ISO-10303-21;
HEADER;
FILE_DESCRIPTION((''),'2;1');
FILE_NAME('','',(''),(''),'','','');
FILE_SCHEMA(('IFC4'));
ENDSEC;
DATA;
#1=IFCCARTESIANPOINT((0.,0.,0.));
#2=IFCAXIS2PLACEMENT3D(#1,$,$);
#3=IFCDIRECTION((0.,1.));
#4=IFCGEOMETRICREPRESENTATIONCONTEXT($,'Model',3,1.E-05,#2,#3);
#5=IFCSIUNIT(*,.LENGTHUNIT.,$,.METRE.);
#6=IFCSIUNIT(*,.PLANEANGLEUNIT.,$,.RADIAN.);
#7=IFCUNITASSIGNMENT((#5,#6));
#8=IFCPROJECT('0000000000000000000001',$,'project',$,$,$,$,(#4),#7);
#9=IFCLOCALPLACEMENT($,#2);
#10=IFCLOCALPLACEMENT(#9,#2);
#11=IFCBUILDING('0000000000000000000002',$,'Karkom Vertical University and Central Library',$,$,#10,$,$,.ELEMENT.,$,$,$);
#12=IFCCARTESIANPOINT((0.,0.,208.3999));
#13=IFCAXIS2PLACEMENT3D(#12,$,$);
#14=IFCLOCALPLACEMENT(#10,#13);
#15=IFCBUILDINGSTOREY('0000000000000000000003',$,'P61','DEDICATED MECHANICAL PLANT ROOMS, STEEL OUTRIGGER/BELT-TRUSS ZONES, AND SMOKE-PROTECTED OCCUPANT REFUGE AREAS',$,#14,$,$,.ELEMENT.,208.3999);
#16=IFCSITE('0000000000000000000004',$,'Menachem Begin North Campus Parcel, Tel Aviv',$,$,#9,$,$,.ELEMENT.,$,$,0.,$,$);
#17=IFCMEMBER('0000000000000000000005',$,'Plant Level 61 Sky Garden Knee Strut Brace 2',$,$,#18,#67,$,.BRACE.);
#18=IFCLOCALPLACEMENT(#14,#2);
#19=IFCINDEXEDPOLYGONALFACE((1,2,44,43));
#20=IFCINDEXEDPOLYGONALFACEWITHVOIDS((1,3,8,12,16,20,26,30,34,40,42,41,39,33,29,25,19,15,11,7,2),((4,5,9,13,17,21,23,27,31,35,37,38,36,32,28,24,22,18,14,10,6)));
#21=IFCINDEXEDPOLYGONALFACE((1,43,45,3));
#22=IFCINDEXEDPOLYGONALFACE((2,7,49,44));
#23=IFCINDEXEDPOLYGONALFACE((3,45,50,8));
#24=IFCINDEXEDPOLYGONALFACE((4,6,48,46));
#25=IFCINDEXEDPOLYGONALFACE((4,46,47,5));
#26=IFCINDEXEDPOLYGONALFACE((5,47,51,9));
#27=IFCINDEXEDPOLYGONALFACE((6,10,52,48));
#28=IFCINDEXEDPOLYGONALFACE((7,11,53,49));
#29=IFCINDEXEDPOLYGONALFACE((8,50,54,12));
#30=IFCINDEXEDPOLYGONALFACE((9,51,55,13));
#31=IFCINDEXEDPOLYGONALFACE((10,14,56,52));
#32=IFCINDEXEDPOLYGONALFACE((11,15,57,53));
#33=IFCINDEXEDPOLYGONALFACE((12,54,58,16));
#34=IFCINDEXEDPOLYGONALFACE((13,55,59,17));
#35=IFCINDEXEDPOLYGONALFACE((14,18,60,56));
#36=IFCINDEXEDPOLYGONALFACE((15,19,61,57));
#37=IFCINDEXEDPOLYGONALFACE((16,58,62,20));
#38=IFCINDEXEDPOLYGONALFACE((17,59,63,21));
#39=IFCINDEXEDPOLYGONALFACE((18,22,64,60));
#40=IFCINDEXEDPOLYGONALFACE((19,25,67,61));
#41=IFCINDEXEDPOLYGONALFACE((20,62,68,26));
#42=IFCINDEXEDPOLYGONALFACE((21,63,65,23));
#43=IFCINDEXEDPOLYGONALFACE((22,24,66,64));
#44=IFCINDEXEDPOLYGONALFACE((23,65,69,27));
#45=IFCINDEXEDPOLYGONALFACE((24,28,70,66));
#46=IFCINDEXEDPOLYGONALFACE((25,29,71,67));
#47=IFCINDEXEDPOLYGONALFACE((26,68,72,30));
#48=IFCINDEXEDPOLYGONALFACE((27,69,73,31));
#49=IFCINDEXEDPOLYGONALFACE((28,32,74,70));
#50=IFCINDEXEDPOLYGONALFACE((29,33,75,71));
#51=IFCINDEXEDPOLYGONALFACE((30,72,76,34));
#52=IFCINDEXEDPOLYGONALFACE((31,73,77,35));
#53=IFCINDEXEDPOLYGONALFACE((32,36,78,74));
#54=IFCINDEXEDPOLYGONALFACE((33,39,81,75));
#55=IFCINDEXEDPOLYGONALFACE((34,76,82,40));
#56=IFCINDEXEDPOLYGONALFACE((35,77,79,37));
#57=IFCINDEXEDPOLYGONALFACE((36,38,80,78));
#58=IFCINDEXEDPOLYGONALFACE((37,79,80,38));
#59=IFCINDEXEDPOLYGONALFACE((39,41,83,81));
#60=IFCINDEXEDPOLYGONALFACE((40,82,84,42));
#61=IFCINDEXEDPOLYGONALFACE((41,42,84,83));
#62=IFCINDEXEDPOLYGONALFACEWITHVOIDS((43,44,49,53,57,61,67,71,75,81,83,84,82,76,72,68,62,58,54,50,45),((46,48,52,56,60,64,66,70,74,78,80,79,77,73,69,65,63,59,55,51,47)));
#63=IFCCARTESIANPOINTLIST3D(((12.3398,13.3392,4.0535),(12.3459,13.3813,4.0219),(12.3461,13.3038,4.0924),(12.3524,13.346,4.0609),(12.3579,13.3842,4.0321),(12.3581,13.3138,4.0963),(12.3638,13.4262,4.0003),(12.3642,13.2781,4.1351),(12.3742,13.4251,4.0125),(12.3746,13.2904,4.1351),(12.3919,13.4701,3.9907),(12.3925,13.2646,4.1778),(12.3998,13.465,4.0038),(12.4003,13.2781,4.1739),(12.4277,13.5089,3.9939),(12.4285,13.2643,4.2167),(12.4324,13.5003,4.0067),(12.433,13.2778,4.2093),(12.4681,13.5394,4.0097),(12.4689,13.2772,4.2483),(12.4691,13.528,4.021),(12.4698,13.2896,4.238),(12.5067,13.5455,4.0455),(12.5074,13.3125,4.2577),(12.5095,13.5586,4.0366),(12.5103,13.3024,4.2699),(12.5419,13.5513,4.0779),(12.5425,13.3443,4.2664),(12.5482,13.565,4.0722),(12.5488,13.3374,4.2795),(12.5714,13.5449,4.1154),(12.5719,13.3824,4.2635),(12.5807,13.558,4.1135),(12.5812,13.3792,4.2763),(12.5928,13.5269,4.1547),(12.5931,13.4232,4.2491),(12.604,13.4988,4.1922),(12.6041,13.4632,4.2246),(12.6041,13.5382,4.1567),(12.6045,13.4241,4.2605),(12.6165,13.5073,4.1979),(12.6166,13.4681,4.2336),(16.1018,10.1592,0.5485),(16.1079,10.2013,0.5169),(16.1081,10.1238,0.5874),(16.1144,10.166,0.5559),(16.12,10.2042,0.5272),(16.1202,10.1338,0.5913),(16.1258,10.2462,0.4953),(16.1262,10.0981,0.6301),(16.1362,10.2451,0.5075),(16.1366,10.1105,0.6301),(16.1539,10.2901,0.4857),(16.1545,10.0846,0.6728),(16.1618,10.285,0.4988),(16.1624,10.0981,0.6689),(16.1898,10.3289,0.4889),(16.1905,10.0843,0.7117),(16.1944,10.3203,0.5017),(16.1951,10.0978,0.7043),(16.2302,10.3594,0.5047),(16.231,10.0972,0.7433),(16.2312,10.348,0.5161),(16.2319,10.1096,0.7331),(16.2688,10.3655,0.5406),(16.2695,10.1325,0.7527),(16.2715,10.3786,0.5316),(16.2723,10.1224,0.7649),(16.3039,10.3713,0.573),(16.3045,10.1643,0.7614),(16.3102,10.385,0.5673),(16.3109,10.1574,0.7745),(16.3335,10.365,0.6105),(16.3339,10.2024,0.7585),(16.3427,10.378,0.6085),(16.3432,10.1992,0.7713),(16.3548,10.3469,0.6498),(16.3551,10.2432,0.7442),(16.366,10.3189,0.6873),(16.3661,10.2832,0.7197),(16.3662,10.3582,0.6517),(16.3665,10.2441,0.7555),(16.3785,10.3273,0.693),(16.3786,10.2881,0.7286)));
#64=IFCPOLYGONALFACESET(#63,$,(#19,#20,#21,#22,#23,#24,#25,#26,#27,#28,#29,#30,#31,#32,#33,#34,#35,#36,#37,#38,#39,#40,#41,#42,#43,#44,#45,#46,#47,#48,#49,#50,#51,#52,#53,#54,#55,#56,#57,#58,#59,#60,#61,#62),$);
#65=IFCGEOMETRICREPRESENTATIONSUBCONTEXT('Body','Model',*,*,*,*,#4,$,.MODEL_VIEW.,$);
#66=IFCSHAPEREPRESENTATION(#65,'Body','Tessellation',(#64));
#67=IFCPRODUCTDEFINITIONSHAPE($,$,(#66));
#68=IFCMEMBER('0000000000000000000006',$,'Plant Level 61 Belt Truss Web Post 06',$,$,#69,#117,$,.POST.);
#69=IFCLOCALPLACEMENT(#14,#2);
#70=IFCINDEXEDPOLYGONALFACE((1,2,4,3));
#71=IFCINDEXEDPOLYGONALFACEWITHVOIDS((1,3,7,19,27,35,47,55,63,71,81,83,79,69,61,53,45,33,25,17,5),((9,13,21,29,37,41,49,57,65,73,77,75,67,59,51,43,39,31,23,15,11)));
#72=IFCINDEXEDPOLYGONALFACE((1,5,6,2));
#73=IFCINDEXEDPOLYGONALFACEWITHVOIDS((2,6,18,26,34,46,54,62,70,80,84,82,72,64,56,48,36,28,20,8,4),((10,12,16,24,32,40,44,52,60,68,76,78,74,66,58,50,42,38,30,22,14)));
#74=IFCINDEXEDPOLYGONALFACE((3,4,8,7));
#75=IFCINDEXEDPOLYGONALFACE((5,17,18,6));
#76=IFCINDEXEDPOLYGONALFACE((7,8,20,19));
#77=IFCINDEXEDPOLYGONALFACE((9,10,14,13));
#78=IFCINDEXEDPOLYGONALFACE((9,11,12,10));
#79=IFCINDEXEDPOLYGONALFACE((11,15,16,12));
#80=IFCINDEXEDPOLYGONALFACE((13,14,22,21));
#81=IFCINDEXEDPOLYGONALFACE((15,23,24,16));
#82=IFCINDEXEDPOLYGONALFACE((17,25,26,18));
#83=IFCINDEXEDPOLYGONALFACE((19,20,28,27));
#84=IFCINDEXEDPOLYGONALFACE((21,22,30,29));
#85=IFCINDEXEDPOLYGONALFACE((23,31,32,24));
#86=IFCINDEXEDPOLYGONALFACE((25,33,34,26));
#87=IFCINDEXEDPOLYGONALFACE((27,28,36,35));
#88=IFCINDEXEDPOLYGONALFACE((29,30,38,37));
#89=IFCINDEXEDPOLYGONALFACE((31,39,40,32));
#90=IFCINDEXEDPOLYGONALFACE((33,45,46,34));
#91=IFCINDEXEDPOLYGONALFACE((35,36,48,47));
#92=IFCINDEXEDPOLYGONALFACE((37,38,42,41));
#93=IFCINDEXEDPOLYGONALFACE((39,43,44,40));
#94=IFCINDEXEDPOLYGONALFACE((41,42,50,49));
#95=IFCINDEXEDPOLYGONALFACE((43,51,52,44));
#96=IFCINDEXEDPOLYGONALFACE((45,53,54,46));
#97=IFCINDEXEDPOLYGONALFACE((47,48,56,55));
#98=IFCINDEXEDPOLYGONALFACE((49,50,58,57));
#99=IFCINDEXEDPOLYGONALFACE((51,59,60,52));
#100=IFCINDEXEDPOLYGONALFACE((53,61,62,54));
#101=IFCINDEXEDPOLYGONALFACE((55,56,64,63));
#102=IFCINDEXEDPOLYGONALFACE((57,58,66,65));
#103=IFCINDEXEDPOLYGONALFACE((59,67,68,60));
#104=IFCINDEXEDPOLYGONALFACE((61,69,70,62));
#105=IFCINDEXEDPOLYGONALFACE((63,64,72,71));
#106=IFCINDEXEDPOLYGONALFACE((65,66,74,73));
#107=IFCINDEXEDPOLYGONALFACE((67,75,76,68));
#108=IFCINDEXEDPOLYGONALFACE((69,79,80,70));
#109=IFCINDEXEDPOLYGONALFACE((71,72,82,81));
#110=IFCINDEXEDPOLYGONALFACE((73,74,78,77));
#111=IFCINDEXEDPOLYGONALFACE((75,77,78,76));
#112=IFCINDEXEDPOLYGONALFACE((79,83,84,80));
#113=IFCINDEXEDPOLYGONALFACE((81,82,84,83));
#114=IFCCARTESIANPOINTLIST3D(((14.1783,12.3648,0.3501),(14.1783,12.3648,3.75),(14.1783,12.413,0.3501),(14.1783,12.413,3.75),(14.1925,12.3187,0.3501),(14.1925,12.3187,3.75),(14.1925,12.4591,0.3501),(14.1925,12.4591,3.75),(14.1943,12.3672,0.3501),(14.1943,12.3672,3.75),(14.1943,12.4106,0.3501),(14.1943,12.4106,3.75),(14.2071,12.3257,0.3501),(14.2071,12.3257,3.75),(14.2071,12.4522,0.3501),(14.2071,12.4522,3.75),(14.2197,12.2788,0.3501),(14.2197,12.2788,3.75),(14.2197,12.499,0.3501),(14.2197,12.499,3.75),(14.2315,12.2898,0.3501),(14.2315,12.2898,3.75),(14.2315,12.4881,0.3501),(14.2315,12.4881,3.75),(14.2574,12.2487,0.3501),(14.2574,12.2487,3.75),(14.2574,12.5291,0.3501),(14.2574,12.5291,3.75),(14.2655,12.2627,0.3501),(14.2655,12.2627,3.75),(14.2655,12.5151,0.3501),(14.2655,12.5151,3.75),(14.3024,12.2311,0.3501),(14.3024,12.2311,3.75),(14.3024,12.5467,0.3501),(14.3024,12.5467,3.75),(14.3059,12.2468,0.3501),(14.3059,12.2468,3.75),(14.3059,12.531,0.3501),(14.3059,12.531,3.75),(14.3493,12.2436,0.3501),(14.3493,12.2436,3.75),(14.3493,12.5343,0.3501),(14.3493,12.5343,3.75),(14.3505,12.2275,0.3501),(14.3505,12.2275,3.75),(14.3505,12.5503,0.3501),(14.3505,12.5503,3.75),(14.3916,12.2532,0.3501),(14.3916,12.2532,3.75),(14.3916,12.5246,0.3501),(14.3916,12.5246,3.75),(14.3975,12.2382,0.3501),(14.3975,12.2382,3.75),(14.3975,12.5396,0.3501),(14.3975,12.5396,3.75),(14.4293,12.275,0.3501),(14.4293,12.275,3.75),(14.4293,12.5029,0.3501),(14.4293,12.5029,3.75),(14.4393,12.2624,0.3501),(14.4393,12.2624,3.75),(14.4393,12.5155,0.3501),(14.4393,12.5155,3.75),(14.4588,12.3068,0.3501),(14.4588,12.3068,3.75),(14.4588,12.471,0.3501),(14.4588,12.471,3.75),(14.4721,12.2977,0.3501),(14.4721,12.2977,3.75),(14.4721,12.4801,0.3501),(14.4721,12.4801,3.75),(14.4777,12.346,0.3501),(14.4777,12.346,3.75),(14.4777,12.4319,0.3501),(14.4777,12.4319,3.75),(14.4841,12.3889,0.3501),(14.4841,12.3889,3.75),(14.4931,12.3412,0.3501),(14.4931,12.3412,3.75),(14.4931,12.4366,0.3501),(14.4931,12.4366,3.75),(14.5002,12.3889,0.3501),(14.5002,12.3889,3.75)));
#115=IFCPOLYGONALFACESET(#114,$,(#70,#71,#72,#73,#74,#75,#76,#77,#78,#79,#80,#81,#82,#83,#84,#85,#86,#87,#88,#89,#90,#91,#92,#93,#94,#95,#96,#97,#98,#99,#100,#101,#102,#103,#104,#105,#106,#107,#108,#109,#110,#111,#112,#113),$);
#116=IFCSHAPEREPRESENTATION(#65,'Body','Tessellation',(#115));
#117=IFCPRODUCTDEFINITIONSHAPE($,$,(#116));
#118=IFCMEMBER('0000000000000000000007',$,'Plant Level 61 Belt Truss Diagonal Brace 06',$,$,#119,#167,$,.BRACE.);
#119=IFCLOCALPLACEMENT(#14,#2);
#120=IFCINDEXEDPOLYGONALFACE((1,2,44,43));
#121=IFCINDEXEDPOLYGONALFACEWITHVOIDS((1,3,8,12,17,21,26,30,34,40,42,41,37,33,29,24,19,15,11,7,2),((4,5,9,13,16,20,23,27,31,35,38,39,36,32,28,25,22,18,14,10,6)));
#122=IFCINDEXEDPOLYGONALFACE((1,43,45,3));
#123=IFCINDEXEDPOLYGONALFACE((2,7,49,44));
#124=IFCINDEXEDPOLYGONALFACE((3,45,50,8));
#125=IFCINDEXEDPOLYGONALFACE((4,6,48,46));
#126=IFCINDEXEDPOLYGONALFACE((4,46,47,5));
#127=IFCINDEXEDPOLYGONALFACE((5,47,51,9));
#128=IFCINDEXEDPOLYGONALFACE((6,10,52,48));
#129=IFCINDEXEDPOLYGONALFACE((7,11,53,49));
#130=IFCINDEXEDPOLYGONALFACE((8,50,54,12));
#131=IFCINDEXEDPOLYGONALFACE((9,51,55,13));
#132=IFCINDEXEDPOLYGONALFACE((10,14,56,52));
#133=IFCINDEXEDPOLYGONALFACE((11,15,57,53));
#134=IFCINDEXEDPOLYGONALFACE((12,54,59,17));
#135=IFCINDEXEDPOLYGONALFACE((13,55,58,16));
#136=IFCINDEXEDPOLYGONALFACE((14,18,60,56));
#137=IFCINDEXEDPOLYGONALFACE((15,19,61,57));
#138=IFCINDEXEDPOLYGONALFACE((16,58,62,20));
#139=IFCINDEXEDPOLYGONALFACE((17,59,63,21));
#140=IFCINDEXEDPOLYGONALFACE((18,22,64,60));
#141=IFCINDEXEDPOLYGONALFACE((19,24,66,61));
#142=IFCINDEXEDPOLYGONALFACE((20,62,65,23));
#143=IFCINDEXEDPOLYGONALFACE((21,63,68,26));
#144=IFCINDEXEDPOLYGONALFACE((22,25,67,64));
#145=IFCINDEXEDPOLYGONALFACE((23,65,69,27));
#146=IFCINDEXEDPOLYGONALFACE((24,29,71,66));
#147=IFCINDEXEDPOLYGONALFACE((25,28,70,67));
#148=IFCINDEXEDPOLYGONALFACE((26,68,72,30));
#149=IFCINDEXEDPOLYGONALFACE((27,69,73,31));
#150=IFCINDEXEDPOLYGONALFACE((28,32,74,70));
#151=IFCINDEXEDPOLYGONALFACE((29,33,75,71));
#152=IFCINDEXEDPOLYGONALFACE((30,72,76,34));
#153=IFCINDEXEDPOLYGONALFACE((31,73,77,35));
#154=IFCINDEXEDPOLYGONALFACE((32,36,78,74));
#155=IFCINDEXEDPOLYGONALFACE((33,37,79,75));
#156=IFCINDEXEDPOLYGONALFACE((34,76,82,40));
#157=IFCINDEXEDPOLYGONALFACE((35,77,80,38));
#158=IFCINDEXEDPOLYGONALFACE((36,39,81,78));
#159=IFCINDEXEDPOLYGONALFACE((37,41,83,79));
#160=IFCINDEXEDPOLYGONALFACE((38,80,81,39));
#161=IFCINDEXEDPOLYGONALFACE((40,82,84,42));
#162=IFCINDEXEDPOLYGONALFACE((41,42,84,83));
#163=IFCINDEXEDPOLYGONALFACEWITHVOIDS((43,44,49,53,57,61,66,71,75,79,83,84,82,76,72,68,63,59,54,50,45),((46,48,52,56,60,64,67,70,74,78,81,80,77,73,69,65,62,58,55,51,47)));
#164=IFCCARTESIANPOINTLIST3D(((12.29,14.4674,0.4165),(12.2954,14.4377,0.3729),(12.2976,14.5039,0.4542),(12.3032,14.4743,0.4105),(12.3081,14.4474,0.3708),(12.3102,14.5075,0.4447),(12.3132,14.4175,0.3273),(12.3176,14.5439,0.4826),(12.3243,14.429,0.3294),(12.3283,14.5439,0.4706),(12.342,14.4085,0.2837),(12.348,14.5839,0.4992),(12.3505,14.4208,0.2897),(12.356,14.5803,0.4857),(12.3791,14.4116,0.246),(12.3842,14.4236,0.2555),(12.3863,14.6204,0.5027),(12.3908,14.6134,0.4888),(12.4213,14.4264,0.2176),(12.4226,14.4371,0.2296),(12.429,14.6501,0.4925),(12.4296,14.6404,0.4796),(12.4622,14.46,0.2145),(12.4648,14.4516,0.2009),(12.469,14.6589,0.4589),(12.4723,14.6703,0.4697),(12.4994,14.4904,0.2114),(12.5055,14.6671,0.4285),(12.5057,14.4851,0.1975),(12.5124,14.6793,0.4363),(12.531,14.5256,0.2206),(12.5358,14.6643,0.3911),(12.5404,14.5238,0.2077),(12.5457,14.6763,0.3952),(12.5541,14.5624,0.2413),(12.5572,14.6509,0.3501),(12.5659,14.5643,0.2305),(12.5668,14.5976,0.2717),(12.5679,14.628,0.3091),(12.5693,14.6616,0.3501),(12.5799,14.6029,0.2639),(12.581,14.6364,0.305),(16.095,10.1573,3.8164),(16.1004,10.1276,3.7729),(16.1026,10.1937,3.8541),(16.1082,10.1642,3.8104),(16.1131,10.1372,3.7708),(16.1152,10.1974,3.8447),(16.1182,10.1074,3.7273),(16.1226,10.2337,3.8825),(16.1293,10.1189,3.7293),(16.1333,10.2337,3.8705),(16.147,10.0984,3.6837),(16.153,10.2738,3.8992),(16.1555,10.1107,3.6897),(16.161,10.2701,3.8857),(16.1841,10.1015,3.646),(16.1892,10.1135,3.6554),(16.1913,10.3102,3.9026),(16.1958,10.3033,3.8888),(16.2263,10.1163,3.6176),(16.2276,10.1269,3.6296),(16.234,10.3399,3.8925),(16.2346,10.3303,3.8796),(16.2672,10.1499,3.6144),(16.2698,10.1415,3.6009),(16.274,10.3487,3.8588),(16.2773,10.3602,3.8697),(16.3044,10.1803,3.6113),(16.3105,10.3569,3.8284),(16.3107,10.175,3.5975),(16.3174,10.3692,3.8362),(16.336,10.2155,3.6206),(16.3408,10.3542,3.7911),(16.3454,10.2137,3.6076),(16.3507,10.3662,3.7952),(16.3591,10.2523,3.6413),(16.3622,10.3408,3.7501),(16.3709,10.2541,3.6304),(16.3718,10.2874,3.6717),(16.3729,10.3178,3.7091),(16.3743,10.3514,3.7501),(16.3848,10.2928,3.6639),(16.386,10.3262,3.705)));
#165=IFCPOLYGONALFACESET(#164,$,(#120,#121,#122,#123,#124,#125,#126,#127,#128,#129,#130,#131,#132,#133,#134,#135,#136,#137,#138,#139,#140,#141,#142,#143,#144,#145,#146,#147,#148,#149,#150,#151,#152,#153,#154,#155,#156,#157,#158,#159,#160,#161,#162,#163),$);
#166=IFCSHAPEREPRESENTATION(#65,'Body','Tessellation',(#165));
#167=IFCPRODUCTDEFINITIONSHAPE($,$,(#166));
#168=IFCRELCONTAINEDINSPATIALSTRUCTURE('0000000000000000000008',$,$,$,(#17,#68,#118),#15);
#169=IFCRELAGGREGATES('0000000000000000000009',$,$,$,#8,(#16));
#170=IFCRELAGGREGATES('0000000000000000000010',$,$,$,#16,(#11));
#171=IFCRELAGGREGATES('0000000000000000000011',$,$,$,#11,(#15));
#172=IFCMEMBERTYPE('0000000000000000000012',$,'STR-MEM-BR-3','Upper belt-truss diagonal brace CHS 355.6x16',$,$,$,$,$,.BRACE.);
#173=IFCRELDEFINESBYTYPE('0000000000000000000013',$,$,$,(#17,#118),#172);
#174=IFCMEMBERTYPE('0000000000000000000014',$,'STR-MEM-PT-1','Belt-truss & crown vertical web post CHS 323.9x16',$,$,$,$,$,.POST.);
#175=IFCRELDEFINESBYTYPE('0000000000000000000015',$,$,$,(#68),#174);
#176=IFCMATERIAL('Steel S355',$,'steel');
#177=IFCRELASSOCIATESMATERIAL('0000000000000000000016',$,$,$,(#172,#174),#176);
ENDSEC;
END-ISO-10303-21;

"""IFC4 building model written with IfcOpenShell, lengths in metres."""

from ifc_helpers import new_model, si_unit, direction, frame, origin, origin_with_axes, origin_2d, place, context, subcontext, project, spatial, hollow_circle, extrude, source, transform, mapped, material, material_profile, profile_set, type_object, element, save


model = new_model("IFC4")

# Units and contexts
model_context = context("Model", 3, precision=1e-05, world=origin(), true_north=direction((0.0, 1.0)))
body_context = subcontext(model_context, "Body", "Model", "MODEL_VIEW")
ifc_project = project(units=[si_unit("LENGTHUNIT", "METRE"), si_unit("PLANEANGLEUNIT", "RADIAN")], contexts=[model_context])

# Site, building, storey
site_placement = place(None, origin())
site = spatial("IfcSite", under=ifc_project, at=site_placement, Name="Menachem Begin North Campus Parcel, Tel Aviv", CompositionType="ELEMENT", RefElevation=0.0)
building_placement = place(site_placement, origin())
building = spatial("IfcBuilding", under=site, at=building_placement, Name="Karkom Vertical University and Central Library", CompositionType="ELEMENT")
storey_placement = place(building_placement, frame((0.0, 0.0, 208.3999)))
storey = spatial("IfcBuildingStorey", under=building, at=storey_placement, Name="P61", Description="DEDICATED MECHANICAL PLANT ROOMS, STEEL OUTRIGGER/BELT-TRUSS ZONES, AND SMOKE-PROTECTED OCCUPANT REFUGE AREAS", CompositionType="ELEMENT", Elevation=208.3999)

# Shared definitions
ifc_material_1 = material(Name="Steel S355", Category="steel")

# Members
ifc_material_profile_1 = material_profile(ifc_material_1, hollow_circle(Radius=0.1777, WallThickness=0.0161, at=origin_2d()), Name="CHS 355.6x16")
ifc_profile_set_1 = profile_set([ifc_material_profile_1], Name="Steel S355")
member_type_1 = type_object("IfcMemberType", Name="STR-MEM-BR-3", Description="Upper belt-truss diagonal brace CHS 355.6x16", PredefinedType="BRACE", material=ifc_profile_set_1)
shared_shape_1 = source(origin_with_axes(), body_context, "Body", "SweptSolid", [
    extrude(hollow_circle(Radius=0.1777, WallThickness=0.0161, at=origin_2d()), origin(), (0.0, 0.0, 1.0), 6.0457),
])
member_1_placement = place(storey_placement, frame((16.241, 10.2339, 0.6301), z_axis=(-0.622271, 0.525996, 0.579747), x_axis=(-0.645556, -0.763713, 0.0)))
element("IfcMember", 1, at=member_1_placement, inside=storey, type_object=member_type_1, Name="Plant Level 61 Sky Garden Knee Strut Brace 2", PredefinedType="BRACE", context=body_context, shape_type="MappedRepresentation", body=[
    mapped(shared_shape_1, transform((0.0, 0.0, 0.0), scale=1.0)),
])
ifc_material_profile_2 = material_profile(ifc_material_1, hollow_circle(Radius=0.1619, WallThickness=0.0161, at=origin_2d()), Name="CHS 323.9x16")
ifc_profile_set_2 = profile_set([ifc_material_profile_2], Name="Steel S355")
member_type_2 = type_object("IfcMemberType", Name="STR-MEM-PT-1", Description="Belt-truss & crown vertical web post CHS 323.9x16", PredefinedType="POST", material=ifc_profile_set_2)
shared_shape_2 = source(origin_with_axes(), body_context, "Body", "SweptSolid", [
    extrude(hollow_circle(Radius=0.1619, WallThickness=0.0161, at=origin_2d()), origin(), (0.0, 0.0, 1.0), 3.3999),
])
member_2_placement = place(storey_placement, frame((14.3384, 12.3889, 0.3501), z_axis=(0.0, 0.0, 1.0), x_axis=(1.0, 0.0, 0.0)))
element("IfcMember", 2, at=member_2_placement, inside=storey, type_object=member_type_2, Name="Plant Level 61 Belt Truss Web Post 06", PredefinedType="POST", context=body_context, shape_type="MappedRepresentation", body=[
    mapped(shared_shape_2, transform((0.0, 0.0, 0.0), scale=1.0)),
])
shared_shape_3 = source(origin_with_axes(), body_context, "Body", "SweptSolid", [
    extrude(hollow_circle(Radius=0.1777, WallThickness=0.0161, at=origin_2d()), origin(), (0.0, 0.0, 1.0), 6.6794),
])
member_3_placement = place(storey_placement, frame((12.436, 14.5439, 0.3501), z_axis=(0.569658, -0.645283, 0.509018), x_axis=(0.749671, 0.661811, 0.0)))
element("IfcMember", 3, at=member_3_placement, inside=storey, type_object=member_type_1, Name="Plant Level 61 Belt Truss Diagonal Brace 06", PredefinedType="BRACE", context=body_context, shape_type="MappedRepresentation", body=[
    mapped(shared_shape_3, transform((0.0, 0.0, 0.0), scale=1.0)),
])

save(model, "model.ifc")
